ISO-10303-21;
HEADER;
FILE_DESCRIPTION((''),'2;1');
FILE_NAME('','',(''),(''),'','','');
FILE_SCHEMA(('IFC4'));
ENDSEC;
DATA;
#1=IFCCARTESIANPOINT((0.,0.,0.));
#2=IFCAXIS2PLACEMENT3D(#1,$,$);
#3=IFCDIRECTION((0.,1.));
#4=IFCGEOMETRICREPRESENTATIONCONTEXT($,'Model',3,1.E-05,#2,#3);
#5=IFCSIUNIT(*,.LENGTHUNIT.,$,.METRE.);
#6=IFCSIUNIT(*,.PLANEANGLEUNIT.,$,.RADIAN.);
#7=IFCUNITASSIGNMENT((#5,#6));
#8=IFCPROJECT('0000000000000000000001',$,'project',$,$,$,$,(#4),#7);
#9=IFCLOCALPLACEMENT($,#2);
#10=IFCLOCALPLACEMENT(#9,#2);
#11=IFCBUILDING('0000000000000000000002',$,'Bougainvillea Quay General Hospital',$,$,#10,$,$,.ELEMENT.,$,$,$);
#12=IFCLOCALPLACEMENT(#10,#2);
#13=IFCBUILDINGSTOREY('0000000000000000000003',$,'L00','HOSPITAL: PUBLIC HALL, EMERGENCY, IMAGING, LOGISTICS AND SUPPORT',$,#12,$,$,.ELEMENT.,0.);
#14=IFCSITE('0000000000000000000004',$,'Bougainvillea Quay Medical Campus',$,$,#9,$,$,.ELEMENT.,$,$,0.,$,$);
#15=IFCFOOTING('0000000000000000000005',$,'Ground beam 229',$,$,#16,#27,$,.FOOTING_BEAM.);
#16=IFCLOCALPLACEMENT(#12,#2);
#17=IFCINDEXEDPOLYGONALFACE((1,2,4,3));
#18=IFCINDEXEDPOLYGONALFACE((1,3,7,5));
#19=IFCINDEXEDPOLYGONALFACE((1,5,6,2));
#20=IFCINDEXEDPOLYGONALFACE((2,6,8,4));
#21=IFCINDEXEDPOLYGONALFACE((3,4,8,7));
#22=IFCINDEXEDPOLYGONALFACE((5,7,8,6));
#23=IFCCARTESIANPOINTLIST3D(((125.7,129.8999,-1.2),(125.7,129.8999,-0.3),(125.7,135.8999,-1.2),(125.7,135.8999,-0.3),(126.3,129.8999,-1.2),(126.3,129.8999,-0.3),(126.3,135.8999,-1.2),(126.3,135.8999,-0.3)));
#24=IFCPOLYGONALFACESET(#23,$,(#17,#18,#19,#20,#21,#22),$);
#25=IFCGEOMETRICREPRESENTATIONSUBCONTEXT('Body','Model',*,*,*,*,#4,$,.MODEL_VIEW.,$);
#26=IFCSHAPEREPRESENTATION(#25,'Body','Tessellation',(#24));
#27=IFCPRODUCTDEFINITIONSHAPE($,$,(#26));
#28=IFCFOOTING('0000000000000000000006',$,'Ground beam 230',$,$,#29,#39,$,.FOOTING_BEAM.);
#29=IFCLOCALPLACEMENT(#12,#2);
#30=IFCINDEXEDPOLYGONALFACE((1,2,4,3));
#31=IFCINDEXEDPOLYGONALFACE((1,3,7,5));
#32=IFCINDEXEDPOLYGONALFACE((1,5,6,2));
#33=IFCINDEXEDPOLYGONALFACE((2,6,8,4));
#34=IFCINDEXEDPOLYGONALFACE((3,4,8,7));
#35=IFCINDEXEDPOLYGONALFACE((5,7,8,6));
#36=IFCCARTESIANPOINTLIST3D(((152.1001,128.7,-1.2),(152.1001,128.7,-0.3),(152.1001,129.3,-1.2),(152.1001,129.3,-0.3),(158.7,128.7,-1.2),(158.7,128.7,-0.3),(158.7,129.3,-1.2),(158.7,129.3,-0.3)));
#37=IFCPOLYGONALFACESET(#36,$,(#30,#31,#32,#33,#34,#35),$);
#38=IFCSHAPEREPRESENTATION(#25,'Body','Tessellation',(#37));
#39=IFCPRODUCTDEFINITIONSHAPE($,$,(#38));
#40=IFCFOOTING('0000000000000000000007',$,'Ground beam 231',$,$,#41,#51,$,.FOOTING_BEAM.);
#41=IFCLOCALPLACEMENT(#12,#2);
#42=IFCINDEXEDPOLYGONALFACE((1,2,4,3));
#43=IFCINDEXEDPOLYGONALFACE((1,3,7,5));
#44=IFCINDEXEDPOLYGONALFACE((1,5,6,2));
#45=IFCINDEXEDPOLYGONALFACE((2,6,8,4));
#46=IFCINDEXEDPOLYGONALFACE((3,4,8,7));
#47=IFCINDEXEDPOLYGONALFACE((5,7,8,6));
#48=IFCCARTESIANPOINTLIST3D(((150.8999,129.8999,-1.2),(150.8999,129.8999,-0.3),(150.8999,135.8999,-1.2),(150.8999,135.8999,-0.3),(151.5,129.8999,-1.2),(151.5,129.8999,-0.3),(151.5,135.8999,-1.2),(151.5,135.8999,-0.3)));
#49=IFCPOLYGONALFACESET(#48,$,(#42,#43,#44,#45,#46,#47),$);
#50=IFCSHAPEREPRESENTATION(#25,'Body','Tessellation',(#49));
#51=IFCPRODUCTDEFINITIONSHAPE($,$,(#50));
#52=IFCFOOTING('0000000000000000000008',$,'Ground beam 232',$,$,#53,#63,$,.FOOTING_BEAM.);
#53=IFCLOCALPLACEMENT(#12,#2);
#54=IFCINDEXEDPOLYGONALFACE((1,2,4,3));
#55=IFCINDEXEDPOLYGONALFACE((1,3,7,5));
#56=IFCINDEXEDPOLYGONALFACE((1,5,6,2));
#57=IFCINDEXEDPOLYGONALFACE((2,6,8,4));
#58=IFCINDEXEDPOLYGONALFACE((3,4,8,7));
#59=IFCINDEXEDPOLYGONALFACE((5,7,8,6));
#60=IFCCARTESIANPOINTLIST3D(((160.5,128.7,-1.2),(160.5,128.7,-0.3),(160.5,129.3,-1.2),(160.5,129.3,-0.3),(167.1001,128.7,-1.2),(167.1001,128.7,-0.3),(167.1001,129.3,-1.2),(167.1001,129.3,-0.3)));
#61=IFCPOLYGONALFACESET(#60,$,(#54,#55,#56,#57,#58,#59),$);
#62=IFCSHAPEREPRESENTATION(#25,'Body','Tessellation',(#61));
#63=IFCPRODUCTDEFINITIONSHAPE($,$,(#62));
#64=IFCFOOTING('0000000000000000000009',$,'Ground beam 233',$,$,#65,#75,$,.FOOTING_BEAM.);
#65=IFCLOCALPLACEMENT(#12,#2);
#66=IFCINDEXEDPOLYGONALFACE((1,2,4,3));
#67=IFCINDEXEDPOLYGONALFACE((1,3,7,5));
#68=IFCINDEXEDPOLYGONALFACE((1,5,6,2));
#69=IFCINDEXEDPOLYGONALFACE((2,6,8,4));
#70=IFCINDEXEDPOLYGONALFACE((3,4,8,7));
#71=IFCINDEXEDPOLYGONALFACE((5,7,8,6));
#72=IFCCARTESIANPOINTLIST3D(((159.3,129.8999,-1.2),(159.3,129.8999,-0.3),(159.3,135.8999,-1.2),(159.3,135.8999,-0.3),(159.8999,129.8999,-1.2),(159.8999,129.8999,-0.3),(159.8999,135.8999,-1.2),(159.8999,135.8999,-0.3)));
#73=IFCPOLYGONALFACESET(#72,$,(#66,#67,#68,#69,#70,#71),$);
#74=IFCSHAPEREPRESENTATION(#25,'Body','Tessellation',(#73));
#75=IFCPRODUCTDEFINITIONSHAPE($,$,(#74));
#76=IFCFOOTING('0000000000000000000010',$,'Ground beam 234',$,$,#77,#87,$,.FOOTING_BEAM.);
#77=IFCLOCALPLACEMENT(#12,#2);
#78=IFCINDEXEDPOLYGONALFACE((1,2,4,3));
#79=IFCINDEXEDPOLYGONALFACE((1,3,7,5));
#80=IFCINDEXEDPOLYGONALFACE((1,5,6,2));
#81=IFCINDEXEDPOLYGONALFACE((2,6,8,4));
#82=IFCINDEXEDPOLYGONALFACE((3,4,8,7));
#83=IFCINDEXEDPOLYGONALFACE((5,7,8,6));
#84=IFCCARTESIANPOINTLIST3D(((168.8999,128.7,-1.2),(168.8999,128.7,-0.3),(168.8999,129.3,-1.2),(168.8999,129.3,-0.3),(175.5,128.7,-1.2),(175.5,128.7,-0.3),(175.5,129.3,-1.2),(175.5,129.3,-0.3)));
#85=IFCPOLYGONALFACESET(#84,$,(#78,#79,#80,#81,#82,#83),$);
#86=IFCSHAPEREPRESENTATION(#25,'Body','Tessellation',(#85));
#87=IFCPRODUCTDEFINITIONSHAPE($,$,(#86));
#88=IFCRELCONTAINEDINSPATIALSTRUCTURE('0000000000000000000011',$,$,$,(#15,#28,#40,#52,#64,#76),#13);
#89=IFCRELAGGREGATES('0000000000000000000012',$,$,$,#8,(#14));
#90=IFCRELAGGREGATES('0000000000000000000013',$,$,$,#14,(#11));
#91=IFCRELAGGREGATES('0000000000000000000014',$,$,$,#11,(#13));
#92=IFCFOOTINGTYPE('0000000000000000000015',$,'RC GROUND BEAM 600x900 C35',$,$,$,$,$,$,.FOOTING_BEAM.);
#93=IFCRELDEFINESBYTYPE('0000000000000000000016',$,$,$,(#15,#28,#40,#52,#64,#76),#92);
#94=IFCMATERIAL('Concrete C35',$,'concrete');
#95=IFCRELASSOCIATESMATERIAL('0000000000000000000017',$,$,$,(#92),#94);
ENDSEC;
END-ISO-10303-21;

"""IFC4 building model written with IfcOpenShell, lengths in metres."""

from ifc_helpers import new_model, si_unit, direction, frame, origin, origin_2d, place, context, subcontext, project, spatial, polyline, rectangle, outline, extrude, material, material_profile, profile_set, type_object, element, save


model = new_model("IFC4")

# Units and contexts
model_context = context("Model", 3, precision=1e-05, world=origin(), true_north=direction((0.0, 1.0)))
body_context = subcontext(model_context, "Body", "Model", "MODEL_VIEW")
ifc_project = project(units=[si_unit("LENGTHUNIT", "METRE"), si_unit("PLANEANGLEUNIT", "RADIAN")], contexts=[model_context])

# Site, building, storey
site_placement = place(None, origin())
site = spatial("IfcSite", under=ifc_project, at=site_placement, Name="Bougainvillea Quay Medical Campus", CompositionType="ELEMENT", RefElevation=0.0)
building_placement = place(site_placement, origin())
building = spatial("IfcBuilding", under=site, at=building_placement, Name="Bougainvillea Quay General Hospital", CompositionType="ELEMENT")
storey_placement = place(building_placement, origin())
storey = spatial("IfcBuildingStorey", under=building, at=storey_placement, Name="L00", Description="HOSPITAL: PUBLIC HALL, EMERGENCY, IMAGING, LOGISTICS AND SUPPORT", CompositionType="ELEMENT", Elevation=0.0)

# Footings
ifc_material = material(Name="Concrete C35", Category="concrete")
ifc_material_profile = material_profile(ifc_material, rectangle(XDim=0.6001, YDim=0.8999, at=origin_2d()))
ifc_profile_set = profile_set([ifc_material_profile], Name="Concrete C35")
footing_type = type_object("IfcFootingType", Name="RC GROUND BEAM 600x900 C35", PredefinedType="FOOTING_BEAM", material=ifc_profile_set)
footing_1_placement = place(storey_placement, frame((0.0, 0.0, -1.2)))
element("IfcFooting", 1, at=footing_1_placement, inside=storey, type_object=footing_type, Name="Ground beam 229", PredefinedType="FOOTING_BEAM", context=body_context, shape_type="SweptSolid", body=[
    extrude(outline(polyline([(125.7, 129.8999), (125.7, 135.8999), (126.3, 135.8999), (126.3, 129.8999), (125.7, 129.8999)])), origin(), (0.0, 0.0, 1.0), 0.8999),
])
footing_2_placement = place(storey_placement, frame((0.0, 0.0, -1.2)))
element("IfcFooting", 2, at=footing_2_placement, inside=storey, type_object=footing_type, Name="Ground beam 230", PredefinedType="FOOTING_BEAM", context=body_context, shape_type="SweptSolid", body=[
    extrude(outline(polyline([(152.1001, 129.3), (158.7, 129.3), (158.7, 128.7), (152.1001, 128.7), (152.1001, 129.3)])), origin(), (0.0, 0.0, 1.0), 0.8999),
])
footing_3_placement = place(storey_placement, frame((0.0, 0.0, -1.2)))
element("IfcFooting", 3, at=footing_3_placement, inside=storey, type_object=footing_type, Name="Ground beam 231", PredefinedType="FOOTING_BEAM", context=body_context, shape_type="SweptSolid", body=[
    extrude(outline(polyline([(150.8999, 129.8999), (150.8999, 135.8999), (151.5, 135.8999), (151.5, 129.8999), (150.8999, 129.8999)])), origin(), (0.0, 0.0, 1.0), 0.8999),
])
footing_4_placement = place(storey_placement, frame((0.0, 0.0, -1.2)))
element("IfcFooting", 4, at=footing_4_placement, inside=storey, type_object=footing_type, Name="Ground beam 232", PredefinedType="FOOTING_BEAM", context=body_context, shape_type="SweptSolid", body=[
    extrude(outline(polyline([(160.5, 129.3), (167.1001, 129.3), (167.1001, 128.7), (160.5, 128.7), (160.5, 129.3)])), origin(), (0.0, 0.0, 1.0), 0.8999),
])
footing_5_placement = place(storey_placement, frame((0.0, 0.0, -1.2)))
element("IfcFooting", 5, at=footing_5_placement, inside=storey, type_object=footing_type, Name="Ground beam 233", PredefinedType="FOOTING_BEAM", context=body_context, shape_type="SweptSolid", body=[
    extrude(outline(polyline([(159.3, 129.8999), (159.3, 135.8999), (159.8999, 135.8999), (159.8999, 129.8999), (159.3, 129.8999)])), origin(), (0.0, 0.0, 1.0), 0.8999),
])
footing_6_placement = place(storey_placement, frame((0.0, 0.0, -1.2)))
element("IfcFooting", 6, at=footing_6_placement, inside=storey, type_object=footing_type, Name="Ground beam 234", PredefinedType="FOOTING_BEAM", context=body_context, shape_type="SweptSolid", body=[
    extrude(outline(polyline([(168.8999, 129.3), (175.5, 129.3), (175.5, 128.7), (168.8999, 128.7), (168.8999, 129.3)])), origin(), (0.0, 0.0, 1.0), 0.8999),
])

save(model, "model.ifc")
